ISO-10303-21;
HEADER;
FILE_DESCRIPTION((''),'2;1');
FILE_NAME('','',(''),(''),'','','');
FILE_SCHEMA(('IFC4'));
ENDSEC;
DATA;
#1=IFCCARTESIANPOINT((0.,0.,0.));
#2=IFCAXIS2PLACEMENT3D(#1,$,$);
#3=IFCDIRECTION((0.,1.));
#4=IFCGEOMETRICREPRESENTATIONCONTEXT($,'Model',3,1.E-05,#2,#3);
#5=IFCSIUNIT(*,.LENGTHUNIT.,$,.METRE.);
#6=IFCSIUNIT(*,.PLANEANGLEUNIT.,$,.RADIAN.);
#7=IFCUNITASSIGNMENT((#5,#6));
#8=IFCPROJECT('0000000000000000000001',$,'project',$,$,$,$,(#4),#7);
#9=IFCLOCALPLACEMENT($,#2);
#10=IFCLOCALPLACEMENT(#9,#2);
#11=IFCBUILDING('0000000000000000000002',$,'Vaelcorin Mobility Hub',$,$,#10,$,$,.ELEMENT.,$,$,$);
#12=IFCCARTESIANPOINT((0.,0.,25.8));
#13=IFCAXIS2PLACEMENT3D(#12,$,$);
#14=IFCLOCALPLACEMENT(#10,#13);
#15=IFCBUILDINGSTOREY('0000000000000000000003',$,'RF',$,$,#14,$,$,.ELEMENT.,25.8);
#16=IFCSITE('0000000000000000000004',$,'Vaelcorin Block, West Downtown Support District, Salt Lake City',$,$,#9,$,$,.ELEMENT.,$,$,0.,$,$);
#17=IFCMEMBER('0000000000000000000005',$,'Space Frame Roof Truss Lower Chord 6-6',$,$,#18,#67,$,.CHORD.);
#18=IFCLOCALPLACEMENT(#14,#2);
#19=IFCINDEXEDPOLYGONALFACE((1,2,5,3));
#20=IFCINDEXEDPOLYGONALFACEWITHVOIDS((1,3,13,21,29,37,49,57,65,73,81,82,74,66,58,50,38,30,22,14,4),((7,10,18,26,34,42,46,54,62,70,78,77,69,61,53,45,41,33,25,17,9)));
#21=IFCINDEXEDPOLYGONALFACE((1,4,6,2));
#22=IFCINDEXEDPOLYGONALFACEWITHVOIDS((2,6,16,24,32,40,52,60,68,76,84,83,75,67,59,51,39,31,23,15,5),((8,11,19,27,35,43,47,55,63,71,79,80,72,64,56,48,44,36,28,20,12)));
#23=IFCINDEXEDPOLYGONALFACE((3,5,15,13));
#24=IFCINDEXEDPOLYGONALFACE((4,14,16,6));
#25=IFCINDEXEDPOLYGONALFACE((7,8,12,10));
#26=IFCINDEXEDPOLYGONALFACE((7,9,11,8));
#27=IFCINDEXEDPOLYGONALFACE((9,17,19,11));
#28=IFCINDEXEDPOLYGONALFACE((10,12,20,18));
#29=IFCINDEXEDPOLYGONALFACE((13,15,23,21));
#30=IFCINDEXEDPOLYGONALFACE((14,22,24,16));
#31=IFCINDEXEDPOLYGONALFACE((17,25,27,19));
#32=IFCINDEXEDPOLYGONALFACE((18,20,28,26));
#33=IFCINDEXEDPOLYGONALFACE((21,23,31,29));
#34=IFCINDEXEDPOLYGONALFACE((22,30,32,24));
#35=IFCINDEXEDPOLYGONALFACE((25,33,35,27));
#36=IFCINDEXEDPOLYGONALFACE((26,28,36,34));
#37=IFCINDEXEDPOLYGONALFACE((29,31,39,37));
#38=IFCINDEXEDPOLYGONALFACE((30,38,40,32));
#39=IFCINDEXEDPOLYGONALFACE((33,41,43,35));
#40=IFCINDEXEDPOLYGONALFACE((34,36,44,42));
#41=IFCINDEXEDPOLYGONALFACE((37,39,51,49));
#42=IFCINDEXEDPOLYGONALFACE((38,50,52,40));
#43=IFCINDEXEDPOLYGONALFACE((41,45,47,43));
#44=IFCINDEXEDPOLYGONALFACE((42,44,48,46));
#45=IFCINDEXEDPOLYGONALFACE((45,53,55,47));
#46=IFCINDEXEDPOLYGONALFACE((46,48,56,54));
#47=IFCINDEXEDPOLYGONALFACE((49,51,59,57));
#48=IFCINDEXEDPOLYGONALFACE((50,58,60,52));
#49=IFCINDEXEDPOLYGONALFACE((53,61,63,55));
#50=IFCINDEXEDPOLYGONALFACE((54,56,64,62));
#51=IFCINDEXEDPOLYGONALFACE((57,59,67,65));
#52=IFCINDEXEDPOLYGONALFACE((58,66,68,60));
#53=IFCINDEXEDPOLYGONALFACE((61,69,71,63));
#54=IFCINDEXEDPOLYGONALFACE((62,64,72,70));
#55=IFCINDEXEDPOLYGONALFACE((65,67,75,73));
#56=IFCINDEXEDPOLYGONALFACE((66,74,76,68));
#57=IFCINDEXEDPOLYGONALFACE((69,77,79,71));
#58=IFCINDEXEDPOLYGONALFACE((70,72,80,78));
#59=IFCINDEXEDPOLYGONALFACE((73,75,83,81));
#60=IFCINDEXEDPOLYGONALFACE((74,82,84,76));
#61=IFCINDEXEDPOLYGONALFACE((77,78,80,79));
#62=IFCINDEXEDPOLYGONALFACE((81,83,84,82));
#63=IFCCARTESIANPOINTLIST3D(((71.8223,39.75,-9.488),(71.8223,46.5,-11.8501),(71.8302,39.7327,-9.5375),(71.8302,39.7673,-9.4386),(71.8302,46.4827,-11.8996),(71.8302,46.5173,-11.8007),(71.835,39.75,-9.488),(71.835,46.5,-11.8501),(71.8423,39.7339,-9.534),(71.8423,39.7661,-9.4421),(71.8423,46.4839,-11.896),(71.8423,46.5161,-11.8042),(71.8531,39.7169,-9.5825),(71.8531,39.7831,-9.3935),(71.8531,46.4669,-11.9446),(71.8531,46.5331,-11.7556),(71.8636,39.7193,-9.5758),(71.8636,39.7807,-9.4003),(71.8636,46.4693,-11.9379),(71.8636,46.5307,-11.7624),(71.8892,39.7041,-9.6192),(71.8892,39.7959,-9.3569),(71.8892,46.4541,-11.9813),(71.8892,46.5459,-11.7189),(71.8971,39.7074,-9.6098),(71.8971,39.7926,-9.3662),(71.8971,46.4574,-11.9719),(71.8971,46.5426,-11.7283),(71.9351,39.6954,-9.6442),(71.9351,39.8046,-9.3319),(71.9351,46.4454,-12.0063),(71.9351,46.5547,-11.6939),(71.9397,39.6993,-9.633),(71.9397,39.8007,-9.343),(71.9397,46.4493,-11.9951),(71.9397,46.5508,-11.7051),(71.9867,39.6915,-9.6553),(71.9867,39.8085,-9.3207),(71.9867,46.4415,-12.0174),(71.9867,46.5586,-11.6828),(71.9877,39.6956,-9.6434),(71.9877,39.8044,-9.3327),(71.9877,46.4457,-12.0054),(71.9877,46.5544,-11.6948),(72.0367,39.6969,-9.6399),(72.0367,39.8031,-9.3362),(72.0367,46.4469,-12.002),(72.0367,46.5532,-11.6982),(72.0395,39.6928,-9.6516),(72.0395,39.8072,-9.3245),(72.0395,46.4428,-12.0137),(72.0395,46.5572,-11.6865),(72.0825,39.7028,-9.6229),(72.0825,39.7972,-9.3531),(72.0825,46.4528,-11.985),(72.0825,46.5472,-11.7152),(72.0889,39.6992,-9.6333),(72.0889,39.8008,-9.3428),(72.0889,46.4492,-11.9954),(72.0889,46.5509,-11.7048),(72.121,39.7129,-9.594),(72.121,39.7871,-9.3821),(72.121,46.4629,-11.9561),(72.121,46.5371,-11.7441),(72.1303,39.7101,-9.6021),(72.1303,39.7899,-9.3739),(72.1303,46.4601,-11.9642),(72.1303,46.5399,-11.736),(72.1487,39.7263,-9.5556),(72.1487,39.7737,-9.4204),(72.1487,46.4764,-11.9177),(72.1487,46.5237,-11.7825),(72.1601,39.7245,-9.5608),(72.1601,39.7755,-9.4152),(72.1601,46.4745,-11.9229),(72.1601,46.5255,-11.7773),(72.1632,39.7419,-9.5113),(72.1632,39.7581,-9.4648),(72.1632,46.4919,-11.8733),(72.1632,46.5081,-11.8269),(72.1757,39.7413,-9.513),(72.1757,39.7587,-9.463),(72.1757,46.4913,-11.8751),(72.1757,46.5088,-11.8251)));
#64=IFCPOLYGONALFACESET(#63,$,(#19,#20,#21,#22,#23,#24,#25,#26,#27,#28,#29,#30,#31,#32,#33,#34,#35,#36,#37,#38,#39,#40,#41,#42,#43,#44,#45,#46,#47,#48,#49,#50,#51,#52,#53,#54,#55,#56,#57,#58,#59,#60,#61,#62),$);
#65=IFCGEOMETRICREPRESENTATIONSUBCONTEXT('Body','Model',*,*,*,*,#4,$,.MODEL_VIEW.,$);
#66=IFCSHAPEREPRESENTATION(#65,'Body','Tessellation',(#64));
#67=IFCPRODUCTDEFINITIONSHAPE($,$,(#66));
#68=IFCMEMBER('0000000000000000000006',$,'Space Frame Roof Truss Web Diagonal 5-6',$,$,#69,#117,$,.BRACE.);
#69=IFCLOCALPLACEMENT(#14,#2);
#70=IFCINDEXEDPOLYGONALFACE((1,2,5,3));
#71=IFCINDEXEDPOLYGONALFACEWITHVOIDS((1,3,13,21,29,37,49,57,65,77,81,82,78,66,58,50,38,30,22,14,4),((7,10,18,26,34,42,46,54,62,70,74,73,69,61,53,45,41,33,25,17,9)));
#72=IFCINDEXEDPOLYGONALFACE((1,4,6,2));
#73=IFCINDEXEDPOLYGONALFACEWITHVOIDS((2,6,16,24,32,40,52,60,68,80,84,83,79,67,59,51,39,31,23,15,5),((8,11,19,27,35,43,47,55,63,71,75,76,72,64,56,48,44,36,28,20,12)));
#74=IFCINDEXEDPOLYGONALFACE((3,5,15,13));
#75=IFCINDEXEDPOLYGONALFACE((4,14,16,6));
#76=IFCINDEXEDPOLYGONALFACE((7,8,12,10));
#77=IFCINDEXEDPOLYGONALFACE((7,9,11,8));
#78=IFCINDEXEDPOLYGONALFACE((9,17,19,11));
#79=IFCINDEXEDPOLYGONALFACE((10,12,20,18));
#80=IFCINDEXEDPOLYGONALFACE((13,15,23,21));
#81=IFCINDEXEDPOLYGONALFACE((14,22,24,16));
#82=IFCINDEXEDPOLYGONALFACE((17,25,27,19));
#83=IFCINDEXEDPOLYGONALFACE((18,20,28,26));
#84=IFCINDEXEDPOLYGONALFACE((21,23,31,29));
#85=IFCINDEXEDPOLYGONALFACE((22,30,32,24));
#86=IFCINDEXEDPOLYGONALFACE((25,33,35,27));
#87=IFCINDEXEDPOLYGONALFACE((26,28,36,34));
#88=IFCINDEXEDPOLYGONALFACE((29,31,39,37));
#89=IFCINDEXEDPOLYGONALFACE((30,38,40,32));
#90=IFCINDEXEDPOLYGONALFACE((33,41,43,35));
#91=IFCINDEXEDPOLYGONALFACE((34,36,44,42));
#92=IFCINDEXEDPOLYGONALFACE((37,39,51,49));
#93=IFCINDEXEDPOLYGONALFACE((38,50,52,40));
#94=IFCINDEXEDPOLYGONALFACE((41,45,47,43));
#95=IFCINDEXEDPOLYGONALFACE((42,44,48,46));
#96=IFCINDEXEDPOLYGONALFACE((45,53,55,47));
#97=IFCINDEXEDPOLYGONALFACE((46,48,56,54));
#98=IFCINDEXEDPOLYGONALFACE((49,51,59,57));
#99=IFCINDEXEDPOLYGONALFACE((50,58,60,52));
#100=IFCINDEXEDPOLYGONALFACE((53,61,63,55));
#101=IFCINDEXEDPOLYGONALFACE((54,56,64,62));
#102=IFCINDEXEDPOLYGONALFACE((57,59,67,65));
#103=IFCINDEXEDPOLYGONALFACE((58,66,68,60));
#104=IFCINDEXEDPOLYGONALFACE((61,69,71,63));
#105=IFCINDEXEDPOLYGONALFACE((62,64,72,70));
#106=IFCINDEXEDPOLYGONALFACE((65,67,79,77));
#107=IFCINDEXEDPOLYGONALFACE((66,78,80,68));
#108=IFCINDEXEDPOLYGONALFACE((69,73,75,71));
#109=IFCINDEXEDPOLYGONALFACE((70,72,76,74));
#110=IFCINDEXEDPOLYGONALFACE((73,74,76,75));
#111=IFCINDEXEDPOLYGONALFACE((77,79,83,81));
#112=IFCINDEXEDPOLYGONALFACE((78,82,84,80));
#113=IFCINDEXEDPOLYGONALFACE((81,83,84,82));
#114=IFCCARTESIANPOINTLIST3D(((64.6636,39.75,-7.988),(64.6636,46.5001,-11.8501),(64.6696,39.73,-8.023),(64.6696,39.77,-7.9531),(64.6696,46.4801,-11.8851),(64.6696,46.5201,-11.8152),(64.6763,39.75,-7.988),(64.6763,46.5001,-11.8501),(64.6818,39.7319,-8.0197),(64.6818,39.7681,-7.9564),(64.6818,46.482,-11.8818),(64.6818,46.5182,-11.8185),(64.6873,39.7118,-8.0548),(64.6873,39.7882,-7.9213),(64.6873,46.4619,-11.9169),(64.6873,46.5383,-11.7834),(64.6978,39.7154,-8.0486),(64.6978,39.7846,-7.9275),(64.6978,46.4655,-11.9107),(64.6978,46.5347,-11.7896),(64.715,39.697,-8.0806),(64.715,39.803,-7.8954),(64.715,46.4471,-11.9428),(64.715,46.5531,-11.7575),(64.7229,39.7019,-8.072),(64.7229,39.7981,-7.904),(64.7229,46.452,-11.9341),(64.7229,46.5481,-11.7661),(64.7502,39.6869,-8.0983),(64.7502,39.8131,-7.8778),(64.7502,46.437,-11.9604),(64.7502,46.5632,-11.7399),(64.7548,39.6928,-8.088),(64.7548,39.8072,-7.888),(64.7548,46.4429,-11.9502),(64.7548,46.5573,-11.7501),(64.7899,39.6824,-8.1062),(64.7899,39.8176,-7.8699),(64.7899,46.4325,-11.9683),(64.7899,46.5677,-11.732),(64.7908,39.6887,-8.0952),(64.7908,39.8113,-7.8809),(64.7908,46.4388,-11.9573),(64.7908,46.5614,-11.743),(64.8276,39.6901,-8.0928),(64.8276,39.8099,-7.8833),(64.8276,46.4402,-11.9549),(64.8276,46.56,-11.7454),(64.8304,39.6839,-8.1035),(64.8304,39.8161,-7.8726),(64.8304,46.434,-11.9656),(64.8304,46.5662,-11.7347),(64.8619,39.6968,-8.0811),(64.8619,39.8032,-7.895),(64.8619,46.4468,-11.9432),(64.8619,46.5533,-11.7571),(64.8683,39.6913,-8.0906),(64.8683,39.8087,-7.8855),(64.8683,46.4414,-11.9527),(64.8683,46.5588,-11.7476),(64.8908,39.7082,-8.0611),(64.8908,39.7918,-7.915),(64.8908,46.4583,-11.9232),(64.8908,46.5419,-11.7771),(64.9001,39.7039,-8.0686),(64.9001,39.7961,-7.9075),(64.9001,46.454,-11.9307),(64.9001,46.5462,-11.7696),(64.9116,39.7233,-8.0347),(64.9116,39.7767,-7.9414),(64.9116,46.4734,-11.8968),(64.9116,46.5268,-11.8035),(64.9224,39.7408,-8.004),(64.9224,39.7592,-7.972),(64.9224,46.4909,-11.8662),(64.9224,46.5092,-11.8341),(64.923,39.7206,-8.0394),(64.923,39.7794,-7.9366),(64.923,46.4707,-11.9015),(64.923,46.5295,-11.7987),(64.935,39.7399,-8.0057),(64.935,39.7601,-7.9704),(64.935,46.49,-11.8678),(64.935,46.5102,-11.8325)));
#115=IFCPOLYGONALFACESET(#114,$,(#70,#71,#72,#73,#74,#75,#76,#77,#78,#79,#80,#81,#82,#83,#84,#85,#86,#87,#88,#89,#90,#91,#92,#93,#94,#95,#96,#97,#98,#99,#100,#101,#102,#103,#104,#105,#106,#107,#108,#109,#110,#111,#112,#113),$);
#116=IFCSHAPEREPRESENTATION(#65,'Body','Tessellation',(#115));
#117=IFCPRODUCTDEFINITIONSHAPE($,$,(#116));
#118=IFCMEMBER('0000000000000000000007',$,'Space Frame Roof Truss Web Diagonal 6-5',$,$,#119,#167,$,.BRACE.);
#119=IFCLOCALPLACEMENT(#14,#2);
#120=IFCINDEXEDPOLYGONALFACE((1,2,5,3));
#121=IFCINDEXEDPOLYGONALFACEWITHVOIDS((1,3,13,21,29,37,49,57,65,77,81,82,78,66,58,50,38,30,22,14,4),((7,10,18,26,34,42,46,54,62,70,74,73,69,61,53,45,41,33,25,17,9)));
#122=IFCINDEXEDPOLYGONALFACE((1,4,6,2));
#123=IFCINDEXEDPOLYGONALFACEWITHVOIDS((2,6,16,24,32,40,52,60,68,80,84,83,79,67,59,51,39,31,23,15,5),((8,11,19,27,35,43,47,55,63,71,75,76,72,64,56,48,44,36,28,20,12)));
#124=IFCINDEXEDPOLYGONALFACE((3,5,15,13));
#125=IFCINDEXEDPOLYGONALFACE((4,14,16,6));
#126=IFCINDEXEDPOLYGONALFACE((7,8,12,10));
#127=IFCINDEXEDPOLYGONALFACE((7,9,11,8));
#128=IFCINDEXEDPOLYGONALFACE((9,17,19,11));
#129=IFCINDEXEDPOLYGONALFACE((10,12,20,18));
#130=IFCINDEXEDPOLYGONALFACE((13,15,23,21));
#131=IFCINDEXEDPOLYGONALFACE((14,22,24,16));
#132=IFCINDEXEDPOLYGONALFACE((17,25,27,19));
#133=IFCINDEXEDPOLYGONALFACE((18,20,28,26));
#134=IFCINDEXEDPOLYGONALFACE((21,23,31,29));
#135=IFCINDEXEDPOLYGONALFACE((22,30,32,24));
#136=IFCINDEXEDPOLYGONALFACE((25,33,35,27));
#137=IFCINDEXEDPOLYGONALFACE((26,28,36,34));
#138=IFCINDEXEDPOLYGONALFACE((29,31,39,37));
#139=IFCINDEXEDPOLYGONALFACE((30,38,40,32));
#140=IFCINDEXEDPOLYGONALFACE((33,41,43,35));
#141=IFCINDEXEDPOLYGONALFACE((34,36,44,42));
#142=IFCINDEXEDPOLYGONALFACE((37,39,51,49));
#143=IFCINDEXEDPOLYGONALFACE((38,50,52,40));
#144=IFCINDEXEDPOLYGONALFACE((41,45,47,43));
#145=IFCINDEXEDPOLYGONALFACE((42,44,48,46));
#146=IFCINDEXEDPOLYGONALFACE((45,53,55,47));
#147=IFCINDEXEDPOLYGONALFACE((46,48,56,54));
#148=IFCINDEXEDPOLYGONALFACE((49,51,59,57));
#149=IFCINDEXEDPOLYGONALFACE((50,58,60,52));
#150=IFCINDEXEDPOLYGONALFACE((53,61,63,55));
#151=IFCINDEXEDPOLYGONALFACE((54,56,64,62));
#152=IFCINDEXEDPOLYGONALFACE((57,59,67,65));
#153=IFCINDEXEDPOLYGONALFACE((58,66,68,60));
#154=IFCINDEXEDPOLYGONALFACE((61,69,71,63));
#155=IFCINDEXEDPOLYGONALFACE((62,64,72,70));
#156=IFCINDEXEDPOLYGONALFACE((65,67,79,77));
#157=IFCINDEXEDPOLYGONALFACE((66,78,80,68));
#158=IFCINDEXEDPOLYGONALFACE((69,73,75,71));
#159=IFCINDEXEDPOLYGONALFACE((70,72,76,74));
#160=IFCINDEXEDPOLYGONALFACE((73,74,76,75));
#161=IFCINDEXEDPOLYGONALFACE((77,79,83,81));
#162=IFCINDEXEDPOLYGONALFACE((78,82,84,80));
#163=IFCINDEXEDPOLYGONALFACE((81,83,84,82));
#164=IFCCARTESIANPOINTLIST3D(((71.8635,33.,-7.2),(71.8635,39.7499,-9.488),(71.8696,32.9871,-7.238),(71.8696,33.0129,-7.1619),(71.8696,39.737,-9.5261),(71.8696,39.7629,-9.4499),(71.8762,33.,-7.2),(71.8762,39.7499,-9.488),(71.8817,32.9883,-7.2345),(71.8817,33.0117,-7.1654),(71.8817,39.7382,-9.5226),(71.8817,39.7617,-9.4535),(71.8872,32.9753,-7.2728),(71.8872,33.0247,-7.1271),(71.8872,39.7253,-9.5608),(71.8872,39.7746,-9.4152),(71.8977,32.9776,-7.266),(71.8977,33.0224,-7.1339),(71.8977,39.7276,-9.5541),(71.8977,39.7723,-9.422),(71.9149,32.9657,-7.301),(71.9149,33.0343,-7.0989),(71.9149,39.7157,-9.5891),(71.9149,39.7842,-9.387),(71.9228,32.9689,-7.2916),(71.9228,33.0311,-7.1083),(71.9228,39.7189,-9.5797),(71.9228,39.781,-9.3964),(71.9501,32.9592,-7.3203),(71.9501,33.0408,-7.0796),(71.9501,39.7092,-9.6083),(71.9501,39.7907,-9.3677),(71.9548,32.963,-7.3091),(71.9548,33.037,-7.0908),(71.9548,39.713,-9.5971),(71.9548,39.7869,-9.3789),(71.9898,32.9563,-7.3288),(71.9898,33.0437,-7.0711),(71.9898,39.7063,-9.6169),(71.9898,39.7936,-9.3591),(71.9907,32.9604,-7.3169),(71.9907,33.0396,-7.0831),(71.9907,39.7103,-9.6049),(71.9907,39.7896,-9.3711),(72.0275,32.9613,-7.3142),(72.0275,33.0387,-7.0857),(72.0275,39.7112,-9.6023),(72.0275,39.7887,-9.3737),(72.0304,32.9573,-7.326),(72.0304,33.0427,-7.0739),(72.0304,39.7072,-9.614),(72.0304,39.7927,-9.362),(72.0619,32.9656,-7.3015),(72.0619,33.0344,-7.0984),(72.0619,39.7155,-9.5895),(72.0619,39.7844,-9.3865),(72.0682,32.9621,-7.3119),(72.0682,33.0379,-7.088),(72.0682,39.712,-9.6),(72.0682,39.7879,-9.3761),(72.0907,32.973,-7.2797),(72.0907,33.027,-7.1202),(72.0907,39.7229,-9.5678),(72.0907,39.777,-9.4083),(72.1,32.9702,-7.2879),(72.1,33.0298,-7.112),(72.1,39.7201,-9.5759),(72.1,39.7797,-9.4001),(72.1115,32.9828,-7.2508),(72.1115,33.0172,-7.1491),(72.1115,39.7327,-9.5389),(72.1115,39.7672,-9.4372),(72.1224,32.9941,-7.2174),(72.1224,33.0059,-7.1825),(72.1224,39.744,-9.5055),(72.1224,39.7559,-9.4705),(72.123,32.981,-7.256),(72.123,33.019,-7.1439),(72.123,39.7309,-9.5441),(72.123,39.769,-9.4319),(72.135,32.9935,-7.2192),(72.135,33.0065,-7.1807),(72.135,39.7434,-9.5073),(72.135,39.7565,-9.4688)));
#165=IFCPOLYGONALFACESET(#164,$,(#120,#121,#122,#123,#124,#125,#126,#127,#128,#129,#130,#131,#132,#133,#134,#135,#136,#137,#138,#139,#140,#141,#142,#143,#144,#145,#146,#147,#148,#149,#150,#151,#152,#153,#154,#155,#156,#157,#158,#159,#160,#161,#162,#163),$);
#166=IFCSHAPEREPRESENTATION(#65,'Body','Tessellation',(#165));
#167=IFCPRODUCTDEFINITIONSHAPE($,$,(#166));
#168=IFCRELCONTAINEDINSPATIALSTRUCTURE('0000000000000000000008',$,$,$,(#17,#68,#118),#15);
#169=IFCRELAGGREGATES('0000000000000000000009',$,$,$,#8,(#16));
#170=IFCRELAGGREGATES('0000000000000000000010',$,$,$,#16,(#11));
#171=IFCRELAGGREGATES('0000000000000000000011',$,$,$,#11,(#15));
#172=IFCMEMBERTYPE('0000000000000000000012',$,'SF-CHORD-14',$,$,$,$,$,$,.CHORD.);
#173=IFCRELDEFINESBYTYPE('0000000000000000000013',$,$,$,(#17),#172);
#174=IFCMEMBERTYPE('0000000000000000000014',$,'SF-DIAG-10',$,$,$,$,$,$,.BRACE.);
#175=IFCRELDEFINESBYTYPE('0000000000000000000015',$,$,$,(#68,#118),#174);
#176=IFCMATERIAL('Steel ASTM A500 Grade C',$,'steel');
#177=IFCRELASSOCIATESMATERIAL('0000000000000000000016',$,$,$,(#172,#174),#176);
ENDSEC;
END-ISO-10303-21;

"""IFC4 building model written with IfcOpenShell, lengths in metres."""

from ifc_helpers import new_model, si_unit, direction, frame, origin, origin_2d, place, context, subcontext, project, spatial, hollow_circle, extrude, material, material_profile, profile_set, type_object, element, save


model = new_model("IFC4")

# Units and contexts
model_context = context("Model", 3, precision=1e-05, world=origin(), true_north=direction((0.0, 1.0)))
body_context = subcontext(model_context, "Body", "Model", "MODEL_VIEW")
ifc_project = project(units=[si_unit("LENGTHUNIT", "METRE"), si_unit("PLANEANGLEUNIT", "RADIAN")], contexts=[model_context])

# Site, building, storey
site_placement = place(None, origin())
site = spatial("IfcSite", under=ifc_project, at=site_placement, Name="Vaelcorin Block, West Downtown Support District, Salt Lake City", CompositionType="ELEMENT", RefElevation=0.0)
building_placement = place(site_placement, origin())
building = spatial("IfcBuilding", under=site, at=building_placement, Name="Vaelcorin Mobility Hub", CompositionType="ELEMENT")
storey_placement = place(building_placement, frame((0.0, 0.0, 25.8)))
storey = spatial("IfcBuildingStorey", under=building, at=storey_placement, Name="RF", CompositionType="ELEMENT", Elevation=25.8)

# Members
ifc_material_1 = material(Name="Steel ASTM A500 Grade C", Category="steel")
ifc_material_profile_1 = material_profile(ifc_material_1, hollow_circle(Radius=0.1777, WallThickness=0.0127, at=origin_2d()), Name="HSS14.000X0.500")
ifc_profile_set_1 = profile_set([ifc_material_profile_1], Name="Steel ASTM A500 Grade C")
member_type_1 = type_object("IfcMemberType", Name="SF-CHORD-14", PredefinedType="CHORD", material=ifc_profile_set_1)
member_1_placement = place(storey_placement, frame((72.0, 39.75, -9.488), z_axis=(0.0, 0.943878, -0.330296), x_axis=(-1.0, 0.0, 0.0)))
element("IfcMember", 1, at=member_1_placement, inside=storey, type_object=member_type_1, Name="Space Frame Roof Truss Lower Chord 6-6", PredefinedType="CHORD", context=body_context, shape_type="SweptSolid", body=[
    extrude(hollow_circle(Radius=0.1777, WallThickness=0.0127, at=origin_2d()), origin(), (0.0, 0.0, 1.0), 7.1514),
])
ifc_material_profile_2 = material_profile(ifc_material_1, hollow_circle(Radius=0.1365, WallThickness=0.0127, at=origin_2d()), Name="HSS10.750X0.500")
ifc_profile_set_2 = profile_set([ifc_material_profile_2], Name="Steel ASTM A500 Grade C")
member_type_2 = type_object("IfcMemberType", Name="SF-DIAG-10", PredefinedType="BRACE", material=ifc_profile_set_2)
member_2_placement = place(storey_placement, frame((64.8, 39.75, -7.988), z_axis=(0.0, 0.867971, -0.496616), x_axis=(-1.0, 0.0, 0.0)))
element("IfcMember", 2, at=member_2_placement, inside=storey, type_object=member_type_2, Name="Space Frame Roof Truss Web Diagonal 5-6", PredefinedType="BRACE", context=body_context, shape_type="SweptSolid", body=[
    extrude(hollow_circle(Radius=0.1365, WallThickness=0.0127, at=origin_2d()), origin(), (0.0, 0.0, 1.0), 7.7769),
])
member_3_placement = place(storey_placement, frame((72.0, 33.0, -7.2), z_axis=(0.0, 0.947068, -0.321033), x_axis=(-1.0, 0.0, 0.0)))
element("IfcMember", 3, at=member_3_placement, inside=storey, type_object=member_type_2, Name="Space Frame Roof Truss Web Diagonal 6-5", PredefinedType="BRACE", context=body_context, shape_type="SweptSolid", body=[
    extrude(hollow_circle(Radius=0.1365, WallThickness=0.0127, at=origin_2d()), origin(), (0.0, 0.0, 1.0), 7.1272),
])

save(model, "model.ifc")
